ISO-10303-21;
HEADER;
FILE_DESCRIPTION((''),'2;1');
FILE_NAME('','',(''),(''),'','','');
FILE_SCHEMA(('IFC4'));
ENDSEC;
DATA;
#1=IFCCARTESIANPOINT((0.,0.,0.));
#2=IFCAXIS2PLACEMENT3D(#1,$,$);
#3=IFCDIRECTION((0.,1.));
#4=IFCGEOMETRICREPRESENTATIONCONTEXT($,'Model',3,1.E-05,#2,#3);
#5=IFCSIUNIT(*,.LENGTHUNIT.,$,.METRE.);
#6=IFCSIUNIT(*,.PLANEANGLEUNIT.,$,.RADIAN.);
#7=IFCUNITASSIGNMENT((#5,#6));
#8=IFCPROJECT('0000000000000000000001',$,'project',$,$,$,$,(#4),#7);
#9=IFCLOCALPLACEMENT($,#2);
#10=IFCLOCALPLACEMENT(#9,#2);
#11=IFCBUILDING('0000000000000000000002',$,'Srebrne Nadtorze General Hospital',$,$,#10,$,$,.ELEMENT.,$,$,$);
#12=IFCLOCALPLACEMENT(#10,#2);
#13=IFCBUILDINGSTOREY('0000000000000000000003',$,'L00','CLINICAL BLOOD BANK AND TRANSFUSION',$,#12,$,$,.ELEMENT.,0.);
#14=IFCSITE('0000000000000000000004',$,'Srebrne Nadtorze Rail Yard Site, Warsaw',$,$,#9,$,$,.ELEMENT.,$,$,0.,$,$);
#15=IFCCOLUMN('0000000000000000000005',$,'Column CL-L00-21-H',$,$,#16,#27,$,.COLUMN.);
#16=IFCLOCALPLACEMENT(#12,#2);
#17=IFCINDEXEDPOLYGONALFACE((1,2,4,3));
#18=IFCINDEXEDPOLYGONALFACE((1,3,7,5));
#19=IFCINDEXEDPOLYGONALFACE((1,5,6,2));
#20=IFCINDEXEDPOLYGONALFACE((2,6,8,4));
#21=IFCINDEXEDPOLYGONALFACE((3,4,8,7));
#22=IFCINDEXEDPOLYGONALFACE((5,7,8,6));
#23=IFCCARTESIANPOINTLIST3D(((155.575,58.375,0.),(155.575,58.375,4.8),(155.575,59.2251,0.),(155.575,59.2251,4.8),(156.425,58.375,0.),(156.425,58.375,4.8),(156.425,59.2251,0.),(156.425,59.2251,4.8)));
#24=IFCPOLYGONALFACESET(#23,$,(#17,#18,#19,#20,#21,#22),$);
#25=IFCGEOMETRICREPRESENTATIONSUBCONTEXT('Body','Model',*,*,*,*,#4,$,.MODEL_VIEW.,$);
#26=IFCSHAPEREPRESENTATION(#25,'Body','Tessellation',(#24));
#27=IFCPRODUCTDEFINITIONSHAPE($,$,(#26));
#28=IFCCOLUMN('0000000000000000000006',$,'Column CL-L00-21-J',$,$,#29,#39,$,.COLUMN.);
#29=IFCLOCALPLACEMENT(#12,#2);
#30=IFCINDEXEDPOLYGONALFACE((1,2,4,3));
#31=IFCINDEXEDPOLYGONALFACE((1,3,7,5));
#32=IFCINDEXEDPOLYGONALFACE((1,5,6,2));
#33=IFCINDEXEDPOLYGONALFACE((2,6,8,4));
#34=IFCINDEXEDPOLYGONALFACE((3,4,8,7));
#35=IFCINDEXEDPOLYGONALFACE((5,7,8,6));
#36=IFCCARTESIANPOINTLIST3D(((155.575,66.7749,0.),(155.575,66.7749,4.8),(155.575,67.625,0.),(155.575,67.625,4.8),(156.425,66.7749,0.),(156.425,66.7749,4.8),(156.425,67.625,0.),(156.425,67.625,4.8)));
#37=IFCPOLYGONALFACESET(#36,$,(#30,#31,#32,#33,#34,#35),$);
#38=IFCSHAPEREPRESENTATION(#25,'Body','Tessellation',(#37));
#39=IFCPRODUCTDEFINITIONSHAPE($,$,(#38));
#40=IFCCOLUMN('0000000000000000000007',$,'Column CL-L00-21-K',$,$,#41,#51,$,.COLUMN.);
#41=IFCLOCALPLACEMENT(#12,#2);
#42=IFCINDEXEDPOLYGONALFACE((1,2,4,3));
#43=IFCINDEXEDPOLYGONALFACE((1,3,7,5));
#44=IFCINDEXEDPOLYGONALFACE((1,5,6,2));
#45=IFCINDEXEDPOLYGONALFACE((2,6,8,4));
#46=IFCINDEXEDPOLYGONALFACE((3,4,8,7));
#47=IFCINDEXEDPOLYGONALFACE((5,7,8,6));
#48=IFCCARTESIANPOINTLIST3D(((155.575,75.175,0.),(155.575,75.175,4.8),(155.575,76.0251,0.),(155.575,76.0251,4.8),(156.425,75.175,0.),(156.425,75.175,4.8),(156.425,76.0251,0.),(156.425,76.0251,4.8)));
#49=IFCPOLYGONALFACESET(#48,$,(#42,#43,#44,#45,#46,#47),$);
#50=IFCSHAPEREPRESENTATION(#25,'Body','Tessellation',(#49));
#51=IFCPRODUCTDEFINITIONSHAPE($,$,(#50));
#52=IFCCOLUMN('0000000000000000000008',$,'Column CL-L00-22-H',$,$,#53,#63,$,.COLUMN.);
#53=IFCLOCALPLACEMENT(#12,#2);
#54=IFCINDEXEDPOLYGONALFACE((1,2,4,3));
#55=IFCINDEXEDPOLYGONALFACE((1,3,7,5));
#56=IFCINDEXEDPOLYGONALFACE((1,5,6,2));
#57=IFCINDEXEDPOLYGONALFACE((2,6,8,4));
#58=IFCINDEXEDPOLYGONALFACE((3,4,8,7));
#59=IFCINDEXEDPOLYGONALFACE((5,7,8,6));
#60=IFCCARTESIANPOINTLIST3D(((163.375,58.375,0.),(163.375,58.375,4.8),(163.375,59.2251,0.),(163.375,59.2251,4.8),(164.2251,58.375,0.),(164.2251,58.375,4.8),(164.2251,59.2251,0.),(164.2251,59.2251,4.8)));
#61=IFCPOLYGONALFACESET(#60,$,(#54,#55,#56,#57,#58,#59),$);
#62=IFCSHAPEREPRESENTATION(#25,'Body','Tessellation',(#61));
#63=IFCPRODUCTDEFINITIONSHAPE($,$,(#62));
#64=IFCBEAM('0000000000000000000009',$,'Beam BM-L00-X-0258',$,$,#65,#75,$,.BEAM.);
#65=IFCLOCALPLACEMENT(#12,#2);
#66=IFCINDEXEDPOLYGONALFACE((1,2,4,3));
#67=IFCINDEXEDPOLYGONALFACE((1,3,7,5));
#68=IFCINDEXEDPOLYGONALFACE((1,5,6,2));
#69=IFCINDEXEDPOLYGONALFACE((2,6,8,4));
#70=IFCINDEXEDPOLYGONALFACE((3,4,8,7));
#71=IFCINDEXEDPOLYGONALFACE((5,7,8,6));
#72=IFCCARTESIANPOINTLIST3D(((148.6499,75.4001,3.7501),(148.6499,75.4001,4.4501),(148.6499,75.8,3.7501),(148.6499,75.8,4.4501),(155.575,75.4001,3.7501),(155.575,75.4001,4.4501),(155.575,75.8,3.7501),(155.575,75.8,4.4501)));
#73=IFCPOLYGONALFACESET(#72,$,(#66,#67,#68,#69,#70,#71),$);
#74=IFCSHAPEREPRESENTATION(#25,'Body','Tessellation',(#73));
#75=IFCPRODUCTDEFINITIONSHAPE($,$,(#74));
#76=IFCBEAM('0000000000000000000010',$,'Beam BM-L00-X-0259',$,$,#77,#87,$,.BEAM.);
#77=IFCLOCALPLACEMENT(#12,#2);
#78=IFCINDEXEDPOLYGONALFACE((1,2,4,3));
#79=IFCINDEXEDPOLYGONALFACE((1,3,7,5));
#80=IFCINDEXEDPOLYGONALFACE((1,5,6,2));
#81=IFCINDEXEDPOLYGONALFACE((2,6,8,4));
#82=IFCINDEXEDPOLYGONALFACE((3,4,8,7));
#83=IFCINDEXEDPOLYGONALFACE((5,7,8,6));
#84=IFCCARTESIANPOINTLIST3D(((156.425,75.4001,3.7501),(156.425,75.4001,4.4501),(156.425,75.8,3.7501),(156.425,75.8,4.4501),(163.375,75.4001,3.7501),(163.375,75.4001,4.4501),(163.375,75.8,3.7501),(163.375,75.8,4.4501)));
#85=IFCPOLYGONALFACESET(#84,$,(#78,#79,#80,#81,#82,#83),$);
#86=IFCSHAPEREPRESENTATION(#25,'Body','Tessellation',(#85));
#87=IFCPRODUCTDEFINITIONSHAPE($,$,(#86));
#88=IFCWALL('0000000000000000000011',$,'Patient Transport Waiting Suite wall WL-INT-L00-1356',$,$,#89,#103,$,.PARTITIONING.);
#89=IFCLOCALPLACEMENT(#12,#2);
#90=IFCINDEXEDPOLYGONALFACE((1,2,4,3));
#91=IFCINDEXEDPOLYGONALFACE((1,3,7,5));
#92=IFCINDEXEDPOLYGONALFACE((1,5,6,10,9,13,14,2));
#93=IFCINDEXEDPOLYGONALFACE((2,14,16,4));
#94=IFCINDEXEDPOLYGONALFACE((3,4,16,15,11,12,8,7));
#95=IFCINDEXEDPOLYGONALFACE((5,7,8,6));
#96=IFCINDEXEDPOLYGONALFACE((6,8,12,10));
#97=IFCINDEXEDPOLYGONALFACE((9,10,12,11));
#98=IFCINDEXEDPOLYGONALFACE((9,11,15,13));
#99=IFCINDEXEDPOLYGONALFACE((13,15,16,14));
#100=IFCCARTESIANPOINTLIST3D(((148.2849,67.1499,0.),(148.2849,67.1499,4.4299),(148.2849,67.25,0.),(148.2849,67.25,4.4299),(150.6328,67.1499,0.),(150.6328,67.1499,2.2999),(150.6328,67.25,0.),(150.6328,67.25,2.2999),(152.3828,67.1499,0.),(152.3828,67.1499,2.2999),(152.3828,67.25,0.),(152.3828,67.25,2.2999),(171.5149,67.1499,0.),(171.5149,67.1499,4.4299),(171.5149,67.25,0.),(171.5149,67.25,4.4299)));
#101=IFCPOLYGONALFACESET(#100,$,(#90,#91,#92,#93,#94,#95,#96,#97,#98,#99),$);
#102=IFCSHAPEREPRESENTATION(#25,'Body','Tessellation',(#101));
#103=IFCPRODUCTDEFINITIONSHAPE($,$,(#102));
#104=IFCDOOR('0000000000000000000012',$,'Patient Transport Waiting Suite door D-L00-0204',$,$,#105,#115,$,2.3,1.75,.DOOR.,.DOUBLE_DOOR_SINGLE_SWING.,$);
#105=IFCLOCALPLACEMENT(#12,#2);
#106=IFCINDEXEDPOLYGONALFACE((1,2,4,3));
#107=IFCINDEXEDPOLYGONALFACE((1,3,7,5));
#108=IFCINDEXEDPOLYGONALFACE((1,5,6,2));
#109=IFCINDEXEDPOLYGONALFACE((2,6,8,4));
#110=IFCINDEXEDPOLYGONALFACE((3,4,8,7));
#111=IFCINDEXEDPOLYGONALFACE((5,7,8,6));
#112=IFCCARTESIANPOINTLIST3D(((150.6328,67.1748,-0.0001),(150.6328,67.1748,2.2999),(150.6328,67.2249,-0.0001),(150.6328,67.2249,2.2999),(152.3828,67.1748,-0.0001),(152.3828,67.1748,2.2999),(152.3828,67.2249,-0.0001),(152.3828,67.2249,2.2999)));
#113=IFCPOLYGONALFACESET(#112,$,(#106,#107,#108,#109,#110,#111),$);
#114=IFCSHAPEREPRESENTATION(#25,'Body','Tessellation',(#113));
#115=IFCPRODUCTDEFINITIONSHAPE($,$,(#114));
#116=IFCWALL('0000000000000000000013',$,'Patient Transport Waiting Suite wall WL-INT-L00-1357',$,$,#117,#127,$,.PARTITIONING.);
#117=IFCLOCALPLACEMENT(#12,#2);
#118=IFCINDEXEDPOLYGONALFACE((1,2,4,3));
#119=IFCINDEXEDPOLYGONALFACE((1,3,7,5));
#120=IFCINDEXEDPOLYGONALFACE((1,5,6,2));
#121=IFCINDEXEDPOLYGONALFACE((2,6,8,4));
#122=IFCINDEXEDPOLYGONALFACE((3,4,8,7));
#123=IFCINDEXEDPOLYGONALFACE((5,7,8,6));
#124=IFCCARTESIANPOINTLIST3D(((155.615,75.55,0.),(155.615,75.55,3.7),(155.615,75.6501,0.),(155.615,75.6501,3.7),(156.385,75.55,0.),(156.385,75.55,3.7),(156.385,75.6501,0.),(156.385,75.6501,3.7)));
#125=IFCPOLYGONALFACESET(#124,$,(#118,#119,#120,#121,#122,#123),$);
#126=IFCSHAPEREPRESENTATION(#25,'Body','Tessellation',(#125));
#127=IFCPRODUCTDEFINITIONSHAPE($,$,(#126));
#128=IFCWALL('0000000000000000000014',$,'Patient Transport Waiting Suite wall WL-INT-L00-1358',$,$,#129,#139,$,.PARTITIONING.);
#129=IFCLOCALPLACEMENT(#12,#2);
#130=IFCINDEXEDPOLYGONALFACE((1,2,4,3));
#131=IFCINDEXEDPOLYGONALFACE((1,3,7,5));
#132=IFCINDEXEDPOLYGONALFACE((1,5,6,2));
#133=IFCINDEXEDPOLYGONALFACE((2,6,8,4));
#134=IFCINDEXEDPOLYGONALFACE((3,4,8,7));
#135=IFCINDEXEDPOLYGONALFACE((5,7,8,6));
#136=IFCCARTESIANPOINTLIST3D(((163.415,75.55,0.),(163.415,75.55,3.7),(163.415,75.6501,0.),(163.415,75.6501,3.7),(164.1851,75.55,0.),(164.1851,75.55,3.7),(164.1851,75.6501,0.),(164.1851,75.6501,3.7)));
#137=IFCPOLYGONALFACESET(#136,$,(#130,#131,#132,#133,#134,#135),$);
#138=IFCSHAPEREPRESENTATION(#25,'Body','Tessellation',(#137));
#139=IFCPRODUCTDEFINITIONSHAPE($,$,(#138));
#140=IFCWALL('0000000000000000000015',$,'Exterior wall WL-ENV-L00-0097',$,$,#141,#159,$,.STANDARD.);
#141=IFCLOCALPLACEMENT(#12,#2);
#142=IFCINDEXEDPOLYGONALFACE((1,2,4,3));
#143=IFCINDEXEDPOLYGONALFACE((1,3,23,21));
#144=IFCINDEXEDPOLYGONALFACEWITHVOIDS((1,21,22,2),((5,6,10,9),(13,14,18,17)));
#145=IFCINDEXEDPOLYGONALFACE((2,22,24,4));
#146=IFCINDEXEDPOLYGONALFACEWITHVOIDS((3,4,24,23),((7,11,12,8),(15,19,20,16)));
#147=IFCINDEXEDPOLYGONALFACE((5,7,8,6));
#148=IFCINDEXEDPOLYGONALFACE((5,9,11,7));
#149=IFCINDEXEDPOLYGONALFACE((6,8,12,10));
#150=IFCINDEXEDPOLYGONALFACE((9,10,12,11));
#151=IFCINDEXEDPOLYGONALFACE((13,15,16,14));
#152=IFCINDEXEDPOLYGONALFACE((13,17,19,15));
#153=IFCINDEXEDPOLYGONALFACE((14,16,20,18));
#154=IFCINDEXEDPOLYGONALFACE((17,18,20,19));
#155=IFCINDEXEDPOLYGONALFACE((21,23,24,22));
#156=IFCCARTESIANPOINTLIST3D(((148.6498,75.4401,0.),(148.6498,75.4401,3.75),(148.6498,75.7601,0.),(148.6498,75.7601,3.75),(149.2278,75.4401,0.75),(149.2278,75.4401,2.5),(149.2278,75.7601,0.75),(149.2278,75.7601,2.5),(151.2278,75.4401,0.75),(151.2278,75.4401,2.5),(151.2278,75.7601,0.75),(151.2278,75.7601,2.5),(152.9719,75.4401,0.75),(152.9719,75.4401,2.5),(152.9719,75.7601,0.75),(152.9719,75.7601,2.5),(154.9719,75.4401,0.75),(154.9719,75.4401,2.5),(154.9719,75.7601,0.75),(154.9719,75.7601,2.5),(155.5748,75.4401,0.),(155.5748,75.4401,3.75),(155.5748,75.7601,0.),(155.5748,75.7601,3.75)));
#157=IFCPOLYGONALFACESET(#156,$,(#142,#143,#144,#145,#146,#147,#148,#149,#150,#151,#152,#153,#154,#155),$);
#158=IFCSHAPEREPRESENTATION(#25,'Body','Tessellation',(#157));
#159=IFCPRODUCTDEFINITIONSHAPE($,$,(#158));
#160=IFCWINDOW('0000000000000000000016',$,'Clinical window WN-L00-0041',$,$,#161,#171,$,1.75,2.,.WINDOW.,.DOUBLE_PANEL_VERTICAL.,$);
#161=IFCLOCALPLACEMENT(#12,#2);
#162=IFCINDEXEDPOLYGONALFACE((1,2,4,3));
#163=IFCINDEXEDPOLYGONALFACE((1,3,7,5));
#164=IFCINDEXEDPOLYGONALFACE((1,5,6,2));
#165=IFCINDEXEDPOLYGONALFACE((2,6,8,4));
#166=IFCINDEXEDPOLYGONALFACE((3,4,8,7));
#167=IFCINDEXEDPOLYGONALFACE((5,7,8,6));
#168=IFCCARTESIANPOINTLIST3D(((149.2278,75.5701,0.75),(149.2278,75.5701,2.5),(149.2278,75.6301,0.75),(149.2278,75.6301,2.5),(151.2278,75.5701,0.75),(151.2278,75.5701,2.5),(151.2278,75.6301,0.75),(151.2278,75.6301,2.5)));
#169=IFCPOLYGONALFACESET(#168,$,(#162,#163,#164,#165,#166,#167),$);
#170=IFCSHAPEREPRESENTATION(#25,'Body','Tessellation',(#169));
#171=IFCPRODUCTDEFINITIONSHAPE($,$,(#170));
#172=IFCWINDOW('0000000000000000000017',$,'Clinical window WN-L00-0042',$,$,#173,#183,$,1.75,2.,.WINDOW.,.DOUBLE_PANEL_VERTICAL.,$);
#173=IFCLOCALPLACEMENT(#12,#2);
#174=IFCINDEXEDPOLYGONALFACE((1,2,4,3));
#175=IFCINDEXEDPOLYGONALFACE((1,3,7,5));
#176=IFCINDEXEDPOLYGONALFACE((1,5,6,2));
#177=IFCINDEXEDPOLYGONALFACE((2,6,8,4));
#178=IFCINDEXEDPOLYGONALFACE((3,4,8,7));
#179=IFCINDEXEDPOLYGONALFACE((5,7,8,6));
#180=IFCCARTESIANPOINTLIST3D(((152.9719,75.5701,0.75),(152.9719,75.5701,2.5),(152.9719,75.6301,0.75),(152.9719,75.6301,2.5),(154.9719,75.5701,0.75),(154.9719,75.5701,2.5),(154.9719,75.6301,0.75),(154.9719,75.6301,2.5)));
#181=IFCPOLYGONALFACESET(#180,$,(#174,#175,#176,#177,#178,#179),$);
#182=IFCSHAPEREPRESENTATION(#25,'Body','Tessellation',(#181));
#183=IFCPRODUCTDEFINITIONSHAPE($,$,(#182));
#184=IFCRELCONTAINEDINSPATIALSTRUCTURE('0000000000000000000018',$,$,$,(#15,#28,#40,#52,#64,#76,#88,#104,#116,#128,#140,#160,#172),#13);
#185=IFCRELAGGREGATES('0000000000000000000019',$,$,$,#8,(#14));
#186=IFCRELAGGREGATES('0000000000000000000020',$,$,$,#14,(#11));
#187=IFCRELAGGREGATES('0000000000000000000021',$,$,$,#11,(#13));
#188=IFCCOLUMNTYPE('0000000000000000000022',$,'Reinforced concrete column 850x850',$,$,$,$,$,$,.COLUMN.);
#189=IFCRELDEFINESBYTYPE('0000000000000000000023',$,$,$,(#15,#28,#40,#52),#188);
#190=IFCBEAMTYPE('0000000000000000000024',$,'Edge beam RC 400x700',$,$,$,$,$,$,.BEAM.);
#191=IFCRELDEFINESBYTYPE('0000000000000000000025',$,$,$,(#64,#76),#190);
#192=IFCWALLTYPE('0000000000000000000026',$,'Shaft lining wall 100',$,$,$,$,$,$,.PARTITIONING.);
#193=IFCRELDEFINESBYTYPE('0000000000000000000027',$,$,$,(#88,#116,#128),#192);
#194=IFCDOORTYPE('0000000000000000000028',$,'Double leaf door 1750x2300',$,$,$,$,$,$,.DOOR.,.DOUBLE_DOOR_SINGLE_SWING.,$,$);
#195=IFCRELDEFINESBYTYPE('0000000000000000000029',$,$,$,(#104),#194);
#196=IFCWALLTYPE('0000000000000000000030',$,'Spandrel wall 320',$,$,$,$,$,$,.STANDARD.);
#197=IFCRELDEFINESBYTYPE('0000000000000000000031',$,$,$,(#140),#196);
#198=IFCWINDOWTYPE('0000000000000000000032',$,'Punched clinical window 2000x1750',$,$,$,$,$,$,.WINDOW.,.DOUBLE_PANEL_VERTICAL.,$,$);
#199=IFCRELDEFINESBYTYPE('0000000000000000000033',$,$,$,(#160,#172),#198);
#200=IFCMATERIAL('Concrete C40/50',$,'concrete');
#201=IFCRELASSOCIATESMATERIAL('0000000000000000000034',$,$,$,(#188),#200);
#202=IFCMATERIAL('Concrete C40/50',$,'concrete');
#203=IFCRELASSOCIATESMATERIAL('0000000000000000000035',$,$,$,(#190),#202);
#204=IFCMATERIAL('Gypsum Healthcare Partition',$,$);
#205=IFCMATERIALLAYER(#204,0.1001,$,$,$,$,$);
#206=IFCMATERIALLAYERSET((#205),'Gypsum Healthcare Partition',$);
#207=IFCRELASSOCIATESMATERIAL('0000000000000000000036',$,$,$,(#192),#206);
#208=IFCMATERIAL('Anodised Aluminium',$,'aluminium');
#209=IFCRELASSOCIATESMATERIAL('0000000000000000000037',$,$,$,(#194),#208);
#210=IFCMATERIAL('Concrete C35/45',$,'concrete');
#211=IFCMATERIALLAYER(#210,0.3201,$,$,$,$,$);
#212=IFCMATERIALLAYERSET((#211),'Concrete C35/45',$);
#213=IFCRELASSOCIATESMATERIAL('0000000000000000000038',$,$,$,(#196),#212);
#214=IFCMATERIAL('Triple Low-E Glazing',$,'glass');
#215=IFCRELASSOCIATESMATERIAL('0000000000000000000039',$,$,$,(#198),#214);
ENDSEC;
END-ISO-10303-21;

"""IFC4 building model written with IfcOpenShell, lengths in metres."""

from ifc_helpers import new_model, si_unit, direction, frame, frame_2d, origin, origin_2d, place, context, subcontext, project, spatial, rectangle, extrude, material, layer, layer_set, material_profile, profile_set, type_object, element, fill, save


model = new_model("IFC4")

# Units and contexts
model_context = context("Model", 3, precision=1e-05, world=origin(), true_north=direction((0.0, 1.0)))
body_context = subcontext(model_context, "Body", "Model", "MODEL_VIEW")
ifc_project = project(units=[si_unit("LENGTHUNIT", "METRE"), si_unit("PLANEANGLEUNIT", "RADIAN")], contexts=[model_context])

# Site, building, storey
site_placement = place(None, origin())
site = spatial("IfcSite", under=ifc_project, at=site_placement, Name="Srebrne Nadtorze Rail Yard Site, Warsaw", CompositionType="ELEMENT", RefElevation=0.0)
building_placement = place(site_placement, origin())
building = spatial("IfcBuilding", under=site, at=building_placement, Name="Srebrne Nadtorze General Hospital", CompositionType="ELEMENT")
storey_placement = place(building_placement, origin())
storey = spatial("IfcBuildingStorey", under=building, at=storey_placement, Name="L00", Description="CLINICAL BLOOD BANK AND TRANSFUSION", CompositionType="ELEMENT", Elevation=0.0)

# Columns
ifc_material_1 = material(Name="Concrete C40/50", Category="concrete")
ifc_material_profile_1 = material_profile(ifc_material_1, rectangle(XDim=0.8501, YDim=0.8501, at=origin_2d()), Name="RC-COL-850x850")
ifc_profile_set_1 = profile_set([ifc_material_profile_1], Name="Concrete C40/50")
column_type = type_object("IfcColumnType", Name="Reinforced concrete column 850x850", PredefinedType="COLUMN", material=ifc_profile_set_1)
for number, where, z_axis, x_axis, name in (
    (1, (156.0, 58.8, 0.0), (0.0, 0.0, 1.0), (1.0, 0.0, 0.0), "Column CL-L00-21-H"),
    (2, (156.0, 67.2, 0.0), (0.0, 0.0, 1.0), (1.0, 0.0, 0.0), "Column CL-L00-21-J"),
    (3, (156.0, 75.6001, 0.0), (0.0, 0.0, 1.0), (1.0, 0.0, 0.0), "Column CL-L00-21-K"),
    (4, (163.8, 58.8, 0.0), (0.0, 0.0, 1.0), (1.0, 0.0, 0.0), "Column CL-L00-22-H"),
):
    element("IfcColumn", number, at=place(storey_placement, frame(where, z_axis=z_axis, x_axis=x_axis)), inside=storey, type_object=column_type, Name=name, PredefinedType="COLUMN", context=body_context, shape_type="SweptSolid", body=[
        extrude(rectangle(XDim=0.8501, YDim=0.8501, at=origin_2d()), origin(), (0.0, 0.0, 1.0), 4.8),
    ])

# Beams
ifc_material_2 = material(Name="Concrete C40/50", Category="concrete")
ifc_material_profile_2 = material_profile(ifc_material_2, rectangle(XDim=0.3999, YDim=0.7, at=origin_2d()), Name="RC-BM-400x700")
ifc_profile_set_2 = profile_set([ifc_material_profile_2], Name="Concrete C40/50")
beam_type = type_object("IfcBeamType", Name="Edge beam RC 400x700", PredefinedType="BEAM", material=ifc_profile_set_2)
beam_1_placement = place(storey_placement, frame((148.6499, 75.6001, 4.1001), z_axis=(1.0, 0.0, 0.0), x_axis=(0.0, 1.0, 0.0)))
element("IfcBeam", 5, at=beam_1_placement, inside=storey, type_object=beam_type, Name="Beam BM-L00-X-0258", PredefinedType="BEAM", context=body_context, shape_type="SweptSolid", body=[
    extrude(rectangle(XDim=0.3999, YDim=0.7, at=origin_2d()), origin(), (0.0, 0.0, 1.0), 6.925),
])
beam_2_placement = place(storey_placement, frame((156.425, 75.6001, 4.1001), z_axis=(1.0, 0.0, 0.0), x_axis=(0.0, 1.0, 0.0)))
element("IfcBeam", 6, at=beam_2_placement, inside=storey, type_object=beam_type, Name="Beam BM-L00-X-0259", PredefinedType="BEAM", context=body_context, shape_type="SweptSolid", body=[
    extrude(rectangle(XDim=0.3999, YDim=0.7, at=origin_2d()), origin(), (0.0, 0.0, 1.0), 6.95),
])

# Wall, opening, door
ifc_material_3 = material(Name="Gypsum Healthcare Partition")
ifc_layer_1 = layer(ifc_material_3, 0.1001)
ifc_layer_set_1 = layer_set([ifc_layer_1], Name="Gypsum Healthcare Partition")
wall_type_1 = type_object("IfcWallType", Name="Shaft lining wall 100", PredefinedType="PARTITIONING", material=ifc_layer_set_1)
wall_1_placement = place(storey_placement, frame((148.2849, 67.2, 0.0), z_axis=(0.0, 0.0, 1.0), x_axis=(1.0, 0.0, 0.0)))
wall_1 = element("IfcWall", 7, at=wall_1_placement, inside=storey, type_object=wall_type_1, Name="Patient Transport Waiting Suite wall WL-INT-L00-1356", PredefinedType="PARTITIONING", context=body_context, shape_type="SweptSolid", body=[
    extrude(rectangle(XDim=23.23, YDim=0.1001, at=frame_2d((11.615, 0.0))), origin(), (0.0, 0.0, 1.0), 4.4299),
])
opening_1_placement = place(wall_1_placement, frame((2.3479, 0.0, 0.0)))
opening_1 = element("IfcOpeningElement", 8, at=opening_1_placement, cuts=wall_1, PredefinedType="OPENING", context=body_context, shape_type="SweptSolid", body=[
    extrude(rectangle(XDim=1.75, YDim=2.3, at=frame_2d((0.875, 1.1499))), frame((0.0, 0.062, 0.0), z_axis=(0.0, -1.0, 0.0), x_axis=(1.0, 0.0, 0.0)), (0.0, 0.0, 1.0), 0.124),
])
ifc_material_4 = material(Name="Anodised Aluminium", Category="aluminium")
door_type = type_object("IfcDoorType", Name="Double leaf door 1750x2300", OperationType="DOUBLE_DOOR_SINGLE_SWING", PredefinedType="DOOR", material=ifc_material_4)
door_placement = place(opening_1_placement, origin())
door = element("IfcDoor", 9, at=door_placement, inside=storey, type_object=door_type, Name="Patient Transport Waiting Suite door D-L00-0204", OperationType="DOUBLE_DOOR_SINGLE_SWING", OverallHeight=2.3, OverallWidth=1.75, PredefinedType="DOOR", context=body_context, shape_type="SweptSolid", body=[
    extrude(rectangle(XDim=1.75, YDim=2.3, at=frame_2d((0.875, 1.1499))), frame((0.0, 0.0249, 0.0), z_axis=(0.0, -1.0, 0.0), x_axis=(1.0, 0.0, 0.0)), (0.0, 0.0, 1.0), 0.05),
])
fill(opening_1, door)

# Walls
for number, where, z_axis, x_axis, name in (
    (10, (155.615, 75.6001, 0.0), (0.0, 0.0, 1.0), (1.0, 0.0, 0.0), "Patient Transport Waiting Suite wall WL-INT-L00-1357"),
    (11, (163.415, 75.6001, 0.0), (0.0, 0.0, 1.0), (1.0, 0.0, 0.0), "Patient Transport Waiting Suite wall WL-INT-L00-1358"),
):
    element("IfcWall", number, at=place(storey_placement, frame(where, z_axis=z_axis, x_axis=x_axis)), inside=storey, type_object=wall_type_1, Name=name, PredefinedType="PARTITIONING", context=body_context, shape_type="SweptSolid", body=[
        extrude(rectangle(XDim=0.77, YDim=0.1001, at=frame_2d((0.385, 0.0))), origin(), (0.0, 0.0, 1.0), 3.7),
    ])

# Wall, openings, windows
ifc_material_5 = material(Name="Concrete C35/45", Category="concrete")
ifc_layer_2 = layer(ifc_material_5, 0.3201)
ifc_layer_set_2 = layer_set([ifc_layer_2], Name="Concrete C35/45")
wall_type_2 = type_object("IfcWallType", Name="Spandrel wall 320", PredefinedType="STANDARD", material=ifc_layer_set_2)
wall_2_placement = place(storey_placement, frame((148.6499, 75.6001, 0.0), z_axis=(0.0, 0.0, 1.0), x_axis=(1.0, 0.0, 0.0)))
wall_2 = element("IfcWall", 12, at=wall_2_placement, inside=storey, type_object=wall_type_2, Name="Exterior wall WL-ENV-L00-0097", PredefinedType="STANDARD", context=body_context, shape_type="SweptSolid", body=[
    extrude(rectangle(XDim=6.925, YDim=0.3201, at=frame_2d((3.4624, 0.0))), origin(), (0.0, 0.0, 1.0), 3.75),
])
opening_2_placement = place(wall_2_placement, frame((0.5779, 0.0, 0.75)))
opening_2 = element("IfcOpeningElement", 13, at=opening_2_placement, cuts=wall_2, PredefinedType="OPENING", context=body_context, shape_type="SweptSolid", body=[
    extrude(rectangle(XDim=2.0, YDim=1.75, at=frame_2d((1.0, 0.875))), frame((0.0, 0.1719, 0.0), z_axis=(0.0, -1.0, 0.0), x_axis=(1.0, 0.0, 0.0)), (0.0, 0.0, 1.0), 0.344),
])
opening_3_placement = place(wall_2_placement, frame((4.322, 0.0, 0.75)))
opening_3 = element("IfcOpeningElement", 14, at=opening_3_placement, cuts=wall_2, PredefinedType="OPENING", context=body_context, shape_type="SweptSolid", body=[
    extrude(rectangle(XDim=2.0, YDim=1.75, at=frame_2d((1.0, 0.875))), frame((0.0, 0.1719, 0.0), z_axis=(0.0, -1.0, 0.0), x_axis=(1.0, 0.0, 0.0)), (0.0, 0.0, 1.0), 0.344),
])
ifc_material_6 = material(Name="Triple Low-E Glazing", Category="glass")
window_type_1 = type_object("IfcWindowType", Name="Punched clinical window 2000x1750", PartitioningType="DOUBLE_PANEL_VERTICAL", PredefinedType="WINDOW", material=ifc_material_6)
window_1_placement = place(opening_2_placement, origin())
window_1 = element("IfcWindow", 15, at=window_1_placement, inside=storey, type_object=window_type_1, Name="Clinical window WN-L00-0041", OverallHeight=1.75, OverallWidth=2.0, PartitioningType="DOUBLE_PANEL_VERTICAL", PredefinedType="WINDOW", context=body_context, shape_type="SweptSolid", body=[
    extrude(rectangle(XDim=2.0, YDim=1.75, at=frame_2d((1.0, 0.875))), frame((0.0, 0.03, 0.0), z_axis=(0.0, -1.0, 0.0), x_axis=(1.0, 0.0, 0.0)), (0.0, 0.0, 1.0), 0.0601),
])
fill(opening_2, window_1)
window_2_placement = place(opening_3_placement, origin())
window_2 = element("IfcWindow", 16, at=window_2_placement, inside=storey, type_object=window_type_1, Name="Clinical window WN-L00-0042", OverallHeight=1.75, OverallWidth=2.0, PartitioningType="DOUBLE_PANEL_VERTICAL", PredefinedType="WINDOW", context=body_context, shape_type="SweptSolid", body=[
    extrude(rectangle(XDim=2.0, YDim=1.75, at=frame_2d((1.0, 0.875))), frame((0.0, 0.03, 0.0), z_axis=(0.0, -1.0, 0.0), x_axis=(1.0, 0.0, 0.0)), (0.0, 0.0, 1.0), 0.0601),
])
fill(opening_3, window_2)

save(model, "model.ifc")
